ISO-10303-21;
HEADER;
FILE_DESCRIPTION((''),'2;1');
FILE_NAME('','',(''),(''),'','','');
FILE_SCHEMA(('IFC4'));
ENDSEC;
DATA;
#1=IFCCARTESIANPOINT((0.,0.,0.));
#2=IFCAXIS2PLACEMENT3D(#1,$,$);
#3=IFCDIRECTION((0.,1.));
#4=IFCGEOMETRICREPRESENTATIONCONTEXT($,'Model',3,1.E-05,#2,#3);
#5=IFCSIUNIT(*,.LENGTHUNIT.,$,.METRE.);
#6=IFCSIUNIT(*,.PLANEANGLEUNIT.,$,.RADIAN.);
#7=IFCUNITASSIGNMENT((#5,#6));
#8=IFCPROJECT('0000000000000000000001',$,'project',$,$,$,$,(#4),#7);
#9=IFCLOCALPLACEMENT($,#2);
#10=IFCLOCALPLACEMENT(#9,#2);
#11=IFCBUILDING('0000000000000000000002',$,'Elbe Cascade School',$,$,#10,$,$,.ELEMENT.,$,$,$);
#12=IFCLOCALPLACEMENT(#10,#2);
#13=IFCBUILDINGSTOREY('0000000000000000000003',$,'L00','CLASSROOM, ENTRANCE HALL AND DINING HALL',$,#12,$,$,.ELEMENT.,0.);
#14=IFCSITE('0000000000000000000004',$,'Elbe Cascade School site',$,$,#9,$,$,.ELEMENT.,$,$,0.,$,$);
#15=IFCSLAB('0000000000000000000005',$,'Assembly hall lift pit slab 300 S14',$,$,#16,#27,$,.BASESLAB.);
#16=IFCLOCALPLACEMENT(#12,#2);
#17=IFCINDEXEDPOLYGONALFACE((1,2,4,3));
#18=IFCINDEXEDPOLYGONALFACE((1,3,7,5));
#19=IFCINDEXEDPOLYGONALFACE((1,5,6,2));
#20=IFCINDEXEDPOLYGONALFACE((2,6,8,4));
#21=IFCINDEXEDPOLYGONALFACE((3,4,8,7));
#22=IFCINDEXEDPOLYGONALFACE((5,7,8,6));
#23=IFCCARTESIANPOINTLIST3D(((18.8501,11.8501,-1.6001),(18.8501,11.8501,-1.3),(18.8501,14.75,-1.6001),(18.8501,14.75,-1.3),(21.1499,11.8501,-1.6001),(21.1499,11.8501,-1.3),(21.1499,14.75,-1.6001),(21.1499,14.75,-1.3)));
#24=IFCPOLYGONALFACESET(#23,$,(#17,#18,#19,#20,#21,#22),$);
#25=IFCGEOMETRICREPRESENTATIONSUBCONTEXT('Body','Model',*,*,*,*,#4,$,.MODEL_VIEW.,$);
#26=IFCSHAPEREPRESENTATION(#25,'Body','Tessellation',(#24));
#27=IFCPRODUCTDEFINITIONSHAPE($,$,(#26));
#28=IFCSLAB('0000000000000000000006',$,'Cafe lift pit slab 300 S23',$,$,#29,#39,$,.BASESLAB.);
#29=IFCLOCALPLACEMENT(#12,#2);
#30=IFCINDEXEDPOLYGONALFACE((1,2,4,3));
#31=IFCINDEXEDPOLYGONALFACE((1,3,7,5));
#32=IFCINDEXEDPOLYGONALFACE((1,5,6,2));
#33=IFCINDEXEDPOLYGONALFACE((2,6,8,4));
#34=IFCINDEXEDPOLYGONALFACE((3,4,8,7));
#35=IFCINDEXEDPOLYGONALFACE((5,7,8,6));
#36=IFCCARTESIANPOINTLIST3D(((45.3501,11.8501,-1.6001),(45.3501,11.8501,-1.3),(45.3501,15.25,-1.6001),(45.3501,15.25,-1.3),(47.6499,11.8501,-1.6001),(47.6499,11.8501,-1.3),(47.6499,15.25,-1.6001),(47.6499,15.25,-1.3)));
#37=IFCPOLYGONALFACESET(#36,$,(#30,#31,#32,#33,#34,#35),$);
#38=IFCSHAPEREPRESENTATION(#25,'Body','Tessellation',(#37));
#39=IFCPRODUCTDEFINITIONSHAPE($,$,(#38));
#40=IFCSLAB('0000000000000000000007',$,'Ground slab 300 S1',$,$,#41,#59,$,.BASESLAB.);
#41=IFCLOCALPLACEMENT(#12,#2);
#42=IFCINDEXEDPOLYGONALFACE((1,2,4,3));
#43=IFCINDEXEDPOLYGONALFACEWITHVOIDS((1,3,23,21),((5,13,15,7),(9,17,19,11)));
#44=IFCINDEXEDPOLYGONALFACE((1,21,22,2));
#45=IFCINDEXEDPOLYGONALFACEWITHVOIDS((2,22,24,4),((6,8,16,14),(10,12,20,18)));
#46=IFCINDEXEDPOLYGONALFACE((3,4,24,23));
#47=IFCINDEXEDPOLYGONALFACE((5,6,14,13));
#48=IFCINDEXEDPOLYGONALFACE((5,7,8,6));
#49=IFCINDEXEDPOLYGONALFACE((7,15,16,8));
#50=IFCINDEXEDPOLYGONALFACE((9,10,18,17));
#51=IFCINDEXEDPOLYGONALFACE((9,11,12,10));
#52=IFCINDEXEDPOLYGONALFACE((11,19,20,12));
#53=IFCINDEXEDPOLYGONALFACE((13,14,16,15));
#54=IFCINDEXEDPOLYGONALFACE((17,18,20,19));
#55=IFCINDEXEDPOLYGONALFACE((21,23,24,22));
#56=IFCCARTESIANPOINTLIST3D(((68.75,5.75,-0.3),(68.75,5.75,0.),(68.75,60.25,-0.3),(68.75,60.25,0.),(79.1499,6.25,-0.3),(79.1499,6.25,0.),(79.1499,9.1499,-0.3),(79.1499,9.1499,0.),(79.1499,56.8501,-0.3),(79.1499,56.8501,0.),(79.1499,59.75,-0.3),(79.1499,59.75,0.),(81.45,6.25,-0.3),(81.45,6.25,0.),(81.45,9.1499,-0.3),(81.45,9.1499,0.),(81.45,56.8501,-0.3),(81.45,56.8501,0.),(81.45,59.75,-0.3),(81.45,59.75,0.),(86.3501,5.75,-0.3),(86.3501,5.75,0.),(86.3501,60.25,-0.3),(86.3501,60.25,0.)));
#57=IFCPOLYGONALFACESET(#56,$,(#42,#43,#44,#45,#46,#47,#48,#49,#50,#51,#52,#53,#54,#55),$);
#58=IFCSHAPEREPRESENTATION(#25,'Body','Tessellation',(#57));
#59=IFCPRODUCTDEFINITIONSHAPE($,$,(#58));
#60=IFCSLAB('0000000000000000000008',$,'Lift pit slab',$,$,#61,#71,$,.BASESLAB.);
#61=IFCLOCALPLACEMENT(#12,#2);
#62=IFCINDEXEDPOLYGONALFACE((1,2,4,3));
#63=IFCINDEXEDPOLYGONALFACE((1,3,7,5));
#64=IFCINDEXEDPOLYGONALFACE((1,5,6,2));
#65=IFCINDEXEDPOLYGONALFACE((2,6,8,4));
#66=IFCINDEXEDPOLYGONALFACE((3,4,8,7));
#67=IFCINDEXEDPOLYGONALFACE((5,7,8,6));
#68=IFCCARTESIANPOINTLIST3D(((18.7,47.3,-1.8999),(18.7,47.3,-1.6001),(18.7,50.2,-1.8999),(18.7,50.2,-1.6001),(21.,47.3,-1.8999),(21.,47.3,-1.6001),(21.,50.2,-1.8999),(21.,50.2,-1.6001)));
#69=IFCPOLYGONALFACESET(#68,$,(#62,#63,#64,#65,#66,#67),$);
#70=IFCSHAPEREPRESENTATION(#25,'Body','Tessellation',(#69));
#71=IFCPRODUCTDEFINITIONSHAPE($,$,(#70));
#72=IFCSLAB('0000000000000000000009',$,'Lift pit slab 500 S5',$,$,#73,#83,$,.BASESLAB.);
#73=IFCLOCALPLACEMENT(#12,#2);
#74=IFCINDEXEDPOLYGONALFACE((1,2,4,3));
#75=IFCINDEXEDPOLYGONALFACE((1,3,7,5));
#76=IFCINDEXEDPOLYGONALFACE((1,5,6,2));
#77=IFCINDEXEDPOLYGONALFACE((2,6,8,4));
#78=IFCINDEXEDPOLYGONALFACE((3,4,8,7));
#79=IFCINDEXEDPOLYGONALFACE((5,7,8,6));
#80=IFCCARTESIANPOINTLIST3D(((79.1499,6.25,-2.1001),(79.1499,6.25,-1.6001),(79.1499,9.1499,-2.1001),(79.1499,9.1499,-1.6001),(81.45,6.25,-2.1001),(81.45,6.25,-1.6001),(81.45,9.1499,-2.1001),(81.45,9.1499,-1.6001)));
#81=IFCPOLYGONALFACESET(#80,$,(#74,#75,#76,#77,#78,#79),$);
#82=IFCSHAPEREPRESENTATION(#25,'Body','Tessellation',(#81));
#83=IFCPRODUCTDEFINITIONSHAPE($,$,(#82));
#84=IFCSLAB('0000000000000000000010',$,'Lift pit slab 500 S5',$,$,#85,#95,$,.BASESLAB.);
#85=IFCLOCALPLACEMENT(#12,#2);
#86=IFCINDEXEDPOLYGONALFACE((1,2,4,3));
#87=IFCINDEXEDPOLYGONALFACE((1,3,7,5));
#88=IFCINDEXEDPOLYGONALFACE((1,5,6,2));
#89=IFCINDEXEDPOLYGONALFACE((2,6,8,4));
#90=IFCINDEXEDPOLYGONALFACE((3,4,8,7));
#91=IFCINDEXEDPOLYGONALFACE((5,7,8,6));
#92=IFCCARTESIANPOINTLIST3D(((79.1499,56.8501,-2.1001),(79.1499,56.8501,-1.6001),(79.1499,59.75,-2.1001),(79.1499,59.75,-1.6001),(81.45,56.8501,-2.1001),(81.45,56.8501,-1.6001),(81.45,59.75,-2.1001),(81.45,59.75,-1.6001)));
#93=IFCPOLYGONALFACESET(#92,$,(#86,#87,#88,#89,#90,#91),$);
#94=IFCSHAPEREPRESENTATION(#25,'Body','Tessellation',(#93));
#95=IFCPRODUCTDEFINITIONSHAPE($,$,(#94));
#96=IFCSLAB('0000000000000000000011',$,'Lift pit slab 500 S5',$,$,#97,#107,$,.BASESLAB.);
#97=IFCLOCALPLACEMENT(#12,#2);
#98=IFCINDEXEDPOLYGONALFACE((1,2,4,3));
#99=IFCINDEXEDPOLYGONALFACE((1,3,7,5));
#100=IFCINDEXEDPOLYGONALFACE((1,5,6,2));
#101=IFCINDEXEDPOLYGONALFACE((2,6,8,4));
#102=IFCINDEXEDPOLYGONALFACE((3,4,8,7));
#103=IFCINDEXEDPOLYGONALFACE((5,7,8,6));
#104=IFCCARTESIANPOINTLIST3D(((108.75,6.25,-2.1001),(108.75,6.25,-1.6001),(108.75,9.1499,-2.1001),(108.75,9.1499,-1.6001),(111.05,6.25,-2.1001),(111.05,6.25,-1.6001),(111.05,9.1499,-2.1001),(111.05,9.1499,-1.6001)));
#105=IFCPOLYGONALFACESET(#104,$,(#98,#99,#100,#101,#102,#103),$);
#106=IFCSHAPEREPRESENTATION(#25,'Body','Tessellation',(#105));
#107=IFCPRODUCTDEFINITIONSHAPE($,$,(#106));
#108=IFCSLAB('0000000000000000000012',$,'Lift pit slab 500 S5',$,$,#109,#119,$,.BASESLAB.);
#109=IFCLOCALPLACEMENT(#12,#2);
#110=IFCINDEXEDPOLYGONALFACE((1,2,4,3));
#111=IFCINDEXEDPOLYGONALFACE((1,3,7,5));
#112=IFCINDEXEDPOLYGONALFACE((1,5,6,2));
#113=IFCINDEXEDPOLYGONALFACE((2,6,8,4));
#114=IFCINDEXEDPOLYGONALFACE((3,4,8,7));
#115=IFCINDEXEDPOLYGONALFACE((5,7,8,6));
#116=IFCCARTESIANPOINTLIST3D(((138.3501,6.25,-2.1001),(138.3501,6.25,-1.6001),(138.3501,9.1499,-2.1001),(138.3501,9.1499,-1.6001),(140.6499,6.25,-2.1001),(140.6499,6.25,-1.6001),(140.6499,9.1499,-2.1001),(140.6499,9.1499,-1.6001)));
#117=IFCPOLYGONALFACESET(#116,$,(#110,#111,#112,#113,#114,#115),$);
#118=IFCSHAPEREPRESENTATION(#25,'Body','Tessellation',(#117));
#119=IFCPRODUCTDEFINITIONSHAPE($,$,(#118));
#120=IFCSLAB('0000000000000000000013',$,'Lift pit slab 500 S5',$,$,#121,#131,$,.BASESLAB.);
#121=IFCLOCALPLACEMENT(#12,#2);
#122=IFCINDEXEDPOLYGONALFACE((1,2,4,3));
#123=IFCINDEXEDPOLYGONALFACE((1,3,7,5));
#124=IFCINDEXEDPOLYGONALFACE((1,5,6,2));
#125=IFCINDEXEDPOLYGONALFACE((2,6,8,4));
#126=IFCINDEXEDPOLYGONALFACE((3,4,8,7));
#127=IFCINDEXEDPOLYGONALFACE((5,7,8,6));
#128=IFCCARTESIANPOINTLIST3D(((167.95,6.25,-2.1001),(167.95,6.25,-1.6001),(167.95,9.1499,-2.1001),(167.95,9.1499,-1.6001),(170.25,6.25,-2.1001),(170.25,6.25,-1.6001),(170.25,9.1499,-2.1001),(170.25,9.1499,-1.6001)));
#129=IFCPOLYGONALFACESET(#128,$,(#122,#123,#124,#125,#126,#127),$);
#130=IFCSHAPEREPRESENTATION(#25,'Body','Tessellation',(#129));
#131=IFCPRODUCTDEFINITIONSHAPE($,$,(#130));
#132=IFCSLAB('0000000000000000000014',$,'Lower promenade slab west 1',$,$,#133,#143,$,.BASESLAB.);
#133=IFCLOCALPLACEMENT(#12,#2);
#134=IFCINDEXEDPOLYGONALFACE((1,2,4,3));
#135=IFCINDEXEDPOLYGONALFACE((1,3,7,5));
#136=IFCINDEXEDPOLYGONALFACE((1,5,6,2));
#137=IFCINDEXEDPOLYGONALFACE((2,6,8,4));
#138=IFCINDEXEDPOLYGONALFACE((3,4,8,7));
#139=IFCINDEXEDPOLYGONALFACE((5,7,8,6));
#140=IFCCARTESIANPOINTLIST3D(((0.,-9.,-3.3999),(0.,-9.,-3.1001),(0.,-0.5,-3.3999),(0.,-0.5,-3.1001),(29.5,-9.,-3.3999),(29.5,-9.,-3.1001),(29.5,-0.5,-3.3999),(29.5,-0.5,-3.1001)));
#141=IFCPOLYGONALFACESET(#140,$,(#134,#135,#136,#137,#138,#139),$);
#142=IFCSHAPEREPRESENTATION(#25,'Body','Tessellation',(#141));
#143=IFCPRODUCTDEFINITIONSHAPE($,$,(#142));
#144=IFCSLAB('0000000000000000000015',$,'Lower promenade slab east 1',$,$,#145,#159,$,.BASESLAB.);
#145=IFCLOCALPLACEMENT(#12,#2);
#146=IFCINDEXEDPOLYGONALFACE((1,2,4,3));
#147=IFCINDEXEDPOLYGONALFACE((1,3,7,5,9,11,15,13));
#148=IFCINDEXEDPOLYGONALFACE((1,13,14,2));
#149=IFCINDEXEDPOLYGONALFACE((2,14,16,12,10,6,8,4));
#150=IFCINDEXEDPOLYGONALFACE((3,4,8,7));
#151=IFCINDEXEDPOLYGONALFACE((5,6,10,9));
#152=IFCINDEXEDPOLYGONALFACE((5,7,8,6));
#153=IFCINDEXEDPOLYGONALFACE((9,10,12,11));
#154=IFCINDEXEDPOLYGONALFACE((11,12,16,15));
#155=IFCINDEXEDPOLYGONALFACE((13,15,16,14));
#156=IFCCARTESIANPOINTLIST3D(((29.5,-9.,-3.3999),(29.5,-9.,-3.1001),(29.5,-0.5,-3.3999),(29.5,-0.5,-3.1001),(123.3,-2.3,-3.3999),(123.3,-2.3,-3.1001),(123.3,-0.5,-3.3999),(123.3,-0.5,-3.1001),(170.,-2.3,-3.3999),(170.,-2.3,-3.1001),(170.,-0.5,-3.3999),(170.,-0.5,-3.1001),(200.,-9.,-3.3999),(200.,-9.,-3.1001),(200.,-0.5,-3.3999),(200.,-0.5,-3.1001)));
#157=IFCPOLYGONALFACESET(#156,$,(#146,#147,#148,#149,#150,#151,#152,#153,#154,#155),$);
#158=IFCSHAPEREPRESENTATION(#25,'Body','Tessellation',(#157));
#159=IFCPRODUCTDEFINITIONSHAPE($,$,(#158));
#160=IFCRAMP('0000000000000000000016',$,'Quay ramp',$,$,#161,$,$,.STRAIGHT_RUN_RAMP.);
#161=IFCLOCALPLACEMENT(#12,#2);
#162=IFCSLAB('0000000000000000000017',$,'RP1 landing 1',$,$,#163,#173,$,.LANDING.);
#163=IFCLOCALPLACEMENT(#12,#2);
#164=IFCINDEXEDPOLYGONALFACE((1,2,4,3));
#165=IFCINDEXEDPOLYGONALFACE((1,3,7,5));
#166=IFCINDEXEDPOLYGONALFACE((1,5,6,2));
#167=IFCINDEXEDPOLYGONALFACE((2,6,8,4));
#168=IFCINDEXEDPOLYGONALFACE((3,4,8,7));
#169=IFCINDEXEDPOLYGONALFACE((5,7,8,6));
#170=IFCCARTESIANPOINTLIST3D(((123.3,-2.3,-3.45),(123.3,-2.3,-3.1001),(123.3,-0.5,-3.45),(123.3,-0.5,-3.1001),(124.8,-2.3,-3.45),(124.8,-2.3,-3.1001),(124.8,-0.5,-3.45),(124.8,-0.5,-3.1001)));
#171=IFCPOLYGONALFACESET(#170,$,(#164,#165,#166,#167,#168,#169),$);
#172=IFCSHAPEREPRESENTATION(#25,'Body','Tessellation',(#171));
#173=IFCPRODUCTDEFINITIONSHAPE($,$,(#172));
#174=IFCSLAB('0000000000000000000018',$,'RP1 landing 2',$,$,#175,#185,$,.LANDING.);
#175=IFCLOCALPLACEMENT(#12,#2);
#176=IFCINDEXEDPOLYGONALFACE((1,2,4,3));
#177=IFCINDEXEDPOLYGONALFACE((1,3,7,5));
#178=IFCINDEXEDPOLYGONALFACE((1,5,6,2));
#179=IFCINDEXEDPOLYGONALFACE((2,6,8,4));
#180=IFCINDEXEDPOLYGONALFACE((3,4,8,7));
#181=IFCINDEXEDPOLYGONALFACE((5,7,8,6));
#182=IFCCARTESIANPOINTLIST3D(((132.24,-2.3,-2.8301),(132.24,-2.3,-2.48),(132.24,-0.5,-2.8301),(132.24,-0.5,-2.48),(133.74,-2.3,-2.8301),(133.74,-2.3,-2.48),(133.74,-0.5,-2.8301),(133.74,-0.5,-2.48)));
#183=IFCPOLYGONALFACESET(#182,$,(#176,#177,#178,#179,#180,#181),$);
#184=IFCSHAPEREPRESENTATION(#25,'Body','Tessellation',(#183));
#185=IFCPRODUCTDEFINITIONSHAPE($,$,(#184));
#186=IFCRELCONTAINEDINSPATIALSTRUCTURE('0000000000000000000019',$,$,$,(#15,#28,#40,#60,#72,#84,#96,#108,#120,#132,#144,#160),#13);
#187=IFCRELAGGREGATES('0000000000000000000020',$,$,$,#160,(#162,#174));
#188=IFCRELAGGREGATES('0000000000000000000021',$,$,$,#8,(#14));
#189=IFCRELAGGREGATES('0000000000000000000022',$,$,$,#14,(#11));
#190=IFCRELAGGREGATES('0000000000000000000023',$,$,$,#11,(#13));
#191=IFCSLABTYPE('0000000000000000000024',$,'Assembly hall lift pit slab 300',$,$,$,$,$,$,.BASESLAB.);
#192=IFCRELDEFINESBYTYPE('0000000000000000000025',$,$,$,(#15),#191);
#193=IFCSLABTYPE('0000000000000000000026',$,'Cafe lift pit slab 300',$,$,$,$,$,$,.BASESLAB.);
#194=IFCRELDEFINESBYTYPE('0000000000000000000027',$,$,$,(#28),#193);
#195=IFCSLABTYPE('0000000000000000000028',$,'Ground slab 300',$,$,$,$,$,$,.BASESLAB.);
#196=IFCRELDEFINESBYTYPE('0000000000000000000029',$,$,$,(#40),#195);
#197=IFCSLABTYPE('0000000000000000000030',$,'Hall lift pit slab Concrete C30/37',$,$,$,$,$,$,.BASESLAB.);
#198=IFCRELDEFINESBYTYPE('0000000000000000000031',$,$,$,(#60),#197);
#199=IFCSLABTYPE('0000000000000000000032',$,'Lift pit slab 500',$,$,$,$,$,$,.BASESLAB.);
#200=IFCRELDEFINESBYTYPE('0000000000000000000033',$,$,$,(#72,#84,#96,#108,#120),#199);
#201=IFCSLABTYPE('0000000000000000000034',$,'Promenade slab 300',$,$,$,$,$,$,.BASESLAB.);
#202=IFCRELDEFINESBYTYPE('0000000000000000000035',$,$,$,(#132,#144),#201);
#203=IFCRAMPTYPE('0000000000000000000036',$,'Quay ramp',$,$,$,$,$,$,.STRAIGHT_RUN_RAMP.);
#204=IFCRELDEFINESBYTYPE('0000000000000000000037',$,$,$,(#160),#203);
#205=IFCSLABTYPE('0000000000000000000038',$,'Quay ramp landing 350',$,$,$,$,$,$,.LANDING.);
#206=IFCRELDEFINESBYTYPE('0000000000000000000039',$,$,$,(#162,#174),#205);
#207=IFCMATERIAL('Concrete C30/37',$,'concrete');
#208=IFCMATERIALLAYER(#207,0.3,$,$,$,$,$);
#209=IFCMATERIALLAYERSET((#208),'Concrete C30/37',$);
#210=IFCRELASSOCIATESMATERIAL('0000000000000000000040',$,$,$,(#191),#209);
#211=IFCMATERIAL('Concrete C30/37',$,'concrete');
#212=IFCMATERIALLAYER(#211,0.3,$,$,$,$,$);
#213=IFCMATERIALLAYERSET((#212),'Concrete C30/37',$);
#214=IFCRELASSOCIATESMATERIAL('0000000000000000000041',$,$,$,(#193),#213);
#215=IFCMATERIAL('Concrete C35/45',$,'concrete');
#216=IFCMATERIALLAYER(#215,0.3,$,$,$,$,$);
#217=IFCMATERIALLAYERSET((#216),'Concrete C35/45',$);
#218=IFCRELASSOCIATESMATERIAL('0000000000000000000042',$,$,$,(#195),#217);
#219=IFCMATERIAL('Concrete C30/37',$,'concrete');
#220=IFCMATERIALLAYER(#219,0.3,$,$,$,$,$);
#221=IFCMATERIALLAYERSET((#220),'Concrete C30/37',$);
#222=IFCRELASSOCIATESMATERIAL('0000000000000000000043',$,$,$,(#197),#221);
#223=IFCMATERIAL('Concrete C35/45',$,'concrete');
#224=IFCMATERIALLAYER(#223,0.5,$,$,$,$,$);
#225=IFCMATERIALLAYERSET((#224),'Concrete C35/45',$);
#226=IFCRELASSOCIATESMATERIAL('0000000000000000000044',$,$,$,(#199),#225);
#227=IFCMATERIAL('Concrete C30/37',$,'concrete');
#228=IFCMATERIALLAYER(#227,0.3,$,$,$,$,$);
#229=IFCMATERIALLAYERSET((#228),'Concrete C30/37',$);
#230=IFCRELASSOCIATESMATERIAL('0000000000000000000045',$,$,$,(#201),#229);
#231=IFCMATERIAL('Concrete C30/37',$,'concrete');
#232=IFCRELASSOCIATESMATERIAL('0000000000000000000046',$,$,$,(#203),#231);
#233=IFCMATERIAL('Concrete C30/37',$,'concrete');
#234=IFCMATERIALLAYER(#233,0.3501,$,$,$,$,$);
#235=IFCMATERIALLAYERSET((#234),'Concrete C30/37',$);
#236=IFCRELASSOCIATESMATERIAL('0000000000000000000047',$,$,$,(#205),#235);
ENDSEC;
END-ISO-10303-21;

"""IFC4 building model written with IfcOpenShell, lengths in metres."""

from ifc_helpers import new_model, si_unit, direction, frame, origin, place, context, subcontext, project, spatial, polyline, outline, extrude, material, layer, layer_set, type_object, element, aggregate, save


model = new_model("IFC4")

# Units and contexts
model_context = context("Model", 3, precision=1e-05, world=origin(), true_north=direction((0.0, 1.0)))
body_context = subcontext(model_context, "Body", "Model", "MODEL_VIEW")
ifc_project = project(units=[si_unit("LENGTHUNIT", "METRE"), si_unit("PLANEANGLEUNIT", "RADIAN")], contexts=[model_context])

# Site, building, storey
site_placement = place(None, origin())
site = spatial("IfcSite", under=ifc_project, at=site_placement, Name="Elbe Cascade School site", CompositionType="ELEMENT", RefElevation=0.0)
building_placement = place(site_placement, origin())
building = spatial("IfcBuilding", under=site, at=building_placement, Name="Elbe Cascade School", CompositionType="ELEMENT")
storey_placement = place(building_placement, origin())
storey = spatial("IfcBuildingStorey", under=building, at=storey_placement, Name="L00", Description="CLASSROOM, ENTRANCE HALL AND DINING HALL", CompositionType="ELEMENT", Elevation=0.0)

# Slabs
ifc_material_1 = material(Name="Concrete C30/37", Category="concrete")
ifc_layer_1 = layer(ifc_material_1, 0.3)
ifc_layer_set_1 = layer_set([ifc_layer_1], Name="Concrete C30/37")
slab_type_1 = type_object("IfcSlabType", Name="Assembly hall lift pit slab 300", PredefinedType="BASESLAB", material=ifc_layer_set_1)
slab_1_placement = place(storey_placement, frame((0.0, 0.0, -1.6001)))
element("IfcSlab", 1, at=slab_1_placement, inside=storey, type_object=slab_type_1, Name="Assembly hall lift pit slab 300 S14", PredefinedType="BASESLAB", context=body_context, shape_type="SweptSolid", body=[
    extrude(outline(polyline([(21.1499, 11.8501), (21.1499, 14.75), (18.8501, 14.75), (18.8501, 11.8501), (21.1499, 11.8501)])), origin(), (0.0, 0.0, 1.0), 0.3),
])
ifc_material_2 = material(Name="Concrete C30/37", Category="concrete")
ifc_layer_2 = layer(ifc_material_2, 0.3)
ifc_layer_set_2 = layer_set([ifc_layer_2], Name="Concrete C30/37")
slab_type_2 = type_object("IfcSlabType", Name="Cafe lift pit slab 300", PredefinedType="BASESLAB", material=ifc_layer_set_2)
slab_2_placement = place(storey_placement, frame((0.0, 0.0, -1.6001)))
element("IfcSlab", 2, at=slab_2_placement, inside=storey, type_object=slab_type_2, Name="Cafe lift pit slab 300 S23", PredefinedType="BASESLAB", context=body_context, shape_type="SweptSolid", body=[
    extrude(outline(polyline([(47.6499, 11.8501), (47.6499, 15.25), (45.3501, 15.25), (45.3501, 11.8501), (47.6499, 11.8501)])), origin(), (0.0, 0.0, 1.0), 0.3),
])
ifc_material_3 = material(Name="Concrete C35/45", Category="concrete")
ifc_layer_3 = layer(ifc_material_3, 0.3)
ifc_layer_set_3 = layer_set([ifc_layer_3], Name="Concrete C35/45")
slab_type_3 = type_object("IfcSlabType", Name="Ground slab 300", PredefinedType="BASESLAB", material=ifc_layer_set_3)
slab_3_placement = place(storey_placement, frame((0.0, 0.0, -0.3)))
element("IfcSlab", 3, at=slab_3_placement, inside=storey, type_object=slab_type_3, Name="Ground slab 300 S1", PredefinedType="BASESLAB", context=body_context, shape_type="SweptSolid", body=[
    extrude(outline(polyline([(68.75, 5.75), (86.3501, 5.75), (86.3501, 60.25), (68.75, 60.25), (68.75, 5.75)]), holes=[polyline([(79.1499, 6.25), (81.45, 6.25), (81.45, 9.1499), (79.1499, 9.1499), (79.1499, 6.25)]), polyline([(79.1499, 56.8501), (81.45, 56.8501), (81.45, 59.75), (79.1499, 59.75), (79.1499, 56.8501)])]), origin(), (0.0, 0.0, 1.0), 0.3),
])
ifc_material_4 = material(Name="Concrete C30/37", Category="concrete")
ifc_layer_4 = layer(ifc_material_4, 0.3)
ifc_layer_set_4 = layer_set([ifc_layer_4], Name="Concrete C30/37")
slab_type_4 = type_object("IfcSlabType", Name="Hall lift pit slab Concrete C30/37", PredefinedType="BASESLAB", material=ifc_layer_set_4)
slab_4_placement = place(storey_placement, frame((0.0, 0.0, -1.8999)))
element("IfcSlab", 4, at=slab_4_placement, inside=storey, type_object=slab_type_4, Name="Lift pit slab", PredefinedType="BASESLAB", context=body_context, shape_type="SweptSolid", body=[
    extrude(outline(polyline([(18.7, 47.3), (21.0, 47.3), (21.0, 50.2), (18.7, 50.2), (18.7, 47.3)])), origin(), (0.0, 0.0, 1.0), 0.2998),
])
ifc_material_5 = material(Name="Concrete C35/45", Category="concrete")
ifc_layer_5 = layer(ifc_material_5, 0.5)
ifc_layer_set_5 = layer_set([ifc_layer_5], Name="Concrete C35/45")
slab_type_5 = type_object("IfcSlabType", Name="Lift pit slab 500", PredefinedType="BASESLAB", material=ifc_layer_set_5)
slab_5_placement = place(storey_placement, frame((0.0, 0.0, -2.1001)))
element("IfcSlab", 5, at=slab_5_placement, inside=storey, type_object=slab_type_5, Name="Lift pit slab 500 S5", PredefinedType="BASESLAB", context=body_context, shape_type="SweptSolid", body=[
    extrude(outline(polyline([(79.1499, 6.25), (81.45, 6.25), (81.45, 9.1499), (79.1499, 9.1499), (79.1499, 6.25)])), origin(), (0.0, 0.0, 1.0), 0.5),
])
slab_6_placement = place(storey_placement, frame((0.0, 0.0, -2.1001)))
element("IfcSlab", 6, at=slab_6_placement, inside=storey, type_object=slab_type_5, Name="Lift pit slab 500 S5", PredefinedType="BASESLAB", context=body_context, shape_type="SweptSolid", body=[
    extrude(outline(polyline([(79.1499, 56.8501), (81.45, 56.8501), (81.45, 59.75), (79.1499, 59.75), (79.1499, 56.8501)])), origin(), (0.0, 0.0, 1.0), 0.5),
])
slab_7_placement = place(storey_placement, frame((0.0, 0.0, -2.1001)))
element("IfcSlab", 7, at=slab_7_placement, inside=storey, type_object=slab_type_5, Name="Lift pit slab 500 S5", PredefinedType="BASESLAB", context=body_context, shape_type="SweptSolid", body=[
    extrude(outline(polyline([(108.75, 6.25), (111.05, 6.25), (111.05, 9.1499), (108.75, 9.1499), (108.75, 6.25)])), origin(), (0.0, 0.0, 1.0), 0.5),
])
slab_8_placement = place(storey_placement, frame((0.0, 0.0, -2.1001)))
element("IfcSlab", 8, at=slab_8_placement, inside=storey, type_object=slab_type_5, Name="Lift pit slab 500 S5", PredefinedType="BASESLAB", context=body_context, shape_type="SweptSolid", body=[
    extrude(outline(polyline([(138.3501, 6.25), (140.6499, 6.25), (140.6499, 9.1499), (138.3501, 9.1499), (138.3501, 6.25)])), origin(), (0.0, 0.0, 1.0), 0.5),
])
slab_9_placement = place(storey_placement, frame((0.0, 0.0, -2.1001)))
element("IfcSlab", 9, at=slab_9_placement, inside=storey, type_object=slab_type_5, Name="Lift pit slab 500 S5", PredefinedType="BASESLAB", context=body_context, shape_type="SweptSolid", body=[
    extrude(outline(polyline([(167.95, 6.25), (170.25, 6.25), (170.25, 9.1499), (167.95, 9.1499), (167.95, 6.25)])), origin(), (0.0, 0.0, 1.0), 0.5),
])
ifc_material_6 = material(Name="Concrete C30/37", Category="concrete")
ifc_layer_6 = layer(ifc_material_6, 0.3)
ifc_layer_set_6 = layer_set([ifc_layer_6], Name="Concrete C30/37")
slab_type_6 = type_object("IfcSlabType", Name="Promenade slab 300", PredefinedType="BASESLAB", material=ifc_layer_set_6)
slab_10_placement = place(storey_placement, frame((0.0, 0.0, -3.3999)))
element("IfcSlab", 10, at=slab_10_placement, inside=storey, type_object=slab_type_6, Name="Lower promenade slab west 1", PredefinedType="BASESLAB", context=body_context, shape_type="SweptSolid", body=[
    extrude(outline(polyline([(29.5, -9.0), (29.5, -0.5), (0.0, -0.5), (0.0, -9.0), (29.5, -9.0)])), origin(), (0.0, 0.0, 1.0), 0.2998),
])
slab_11_placement = place(storey_placement, frame((0.0, 0.0, -3.3999)))
element("IfcSlab", 11, at=slab_11_placement, inside=storey, type_object=slab_type_6, Name="Lower promenade slab east 1", PredefinedType="BASESLAB", context=body_context, shape_type="SweptSolid", body=[
    extrude(outline(polyline([(170.0, -0.5), (170.0, -2.3), (123.3, -2.3), (123.3, -0.5), (29.5, -0.5), (29.5, -9.0), (200.0, -9.0), (200.0, -0.5), (170.0, -0.5)])), origin(), (0.0, 0.0, 1.0), 0.2998),
])

# Ramp, slabs
ifc_material_7 = material(Name="Concrete C30/37", Category="concrete")
ramp_type = type_object("IfcRampType", Name="Quay ramp", PredefinedType="STRAIGHT_RUN_RAMP", material=ifc_material_7)
ramp_placement = place(storey_placement, origin())
ramp = element("IfcRamp", 12, at=ramp_placement, inside=storey, type_object=ramp_type, Name="Quay ramp", PredefinedType="STRAIGHT_RUN_RAMP")
ifc_material_8 = material(Name="Concrete C30/37", Category="concrete")
ifc_layer_7 = layer(ifc_material_8, 0.3501)
ifc_layer_set_7 = layer_set([ifc_layer_7], Name="Concrete C30/37")
slab_type_7 = type_object("IfcSlabType", Name="Quay ramp landing 350", PredefinedType="LANDING", material=ifc_layer_set_7)
slab_12_placement = place(storey_placement, frame((0.0, 0.0, -3.45)))
slab_12 = element("IfcSlab", 13, at=slab_12_placement, type_object=slab_type_7, Name="RP1 landing 1", PredefinedType="LANDING", context=body_context, shape_type="SweptSolid", body=[
    extrude(outline(polyline([(123.3, -2.3), (124.8, -2.3), (124.8, -0.5), (123.3, -0.5), (123.3, -2.3)])), origin(), (0.0, 0.0, 1.0), 0.3499),
])
slab_13_placement = place(storey_placement, frame((0.0, 0.0, -2.8301)))
slab_13 = element("IfcSlab", 14, at=slab_13_placement, type_object=slab_type_7, Name="RP1 landing 2", PredefinedType="LANDING", context=body_context, shape_type="SweptSolid", body=[
    extrude(outline(polyline([(132.24, -2.3), (133.74, -2.3), (133.74, -0.5), (132.24, -0.5), (132.24, -2.3)])), origin(), (0.0, 0.0, 1.0), 0.3501),
])
aggregate(ramp, [slab_12, slab_13])

save(model, "model.ifc")
